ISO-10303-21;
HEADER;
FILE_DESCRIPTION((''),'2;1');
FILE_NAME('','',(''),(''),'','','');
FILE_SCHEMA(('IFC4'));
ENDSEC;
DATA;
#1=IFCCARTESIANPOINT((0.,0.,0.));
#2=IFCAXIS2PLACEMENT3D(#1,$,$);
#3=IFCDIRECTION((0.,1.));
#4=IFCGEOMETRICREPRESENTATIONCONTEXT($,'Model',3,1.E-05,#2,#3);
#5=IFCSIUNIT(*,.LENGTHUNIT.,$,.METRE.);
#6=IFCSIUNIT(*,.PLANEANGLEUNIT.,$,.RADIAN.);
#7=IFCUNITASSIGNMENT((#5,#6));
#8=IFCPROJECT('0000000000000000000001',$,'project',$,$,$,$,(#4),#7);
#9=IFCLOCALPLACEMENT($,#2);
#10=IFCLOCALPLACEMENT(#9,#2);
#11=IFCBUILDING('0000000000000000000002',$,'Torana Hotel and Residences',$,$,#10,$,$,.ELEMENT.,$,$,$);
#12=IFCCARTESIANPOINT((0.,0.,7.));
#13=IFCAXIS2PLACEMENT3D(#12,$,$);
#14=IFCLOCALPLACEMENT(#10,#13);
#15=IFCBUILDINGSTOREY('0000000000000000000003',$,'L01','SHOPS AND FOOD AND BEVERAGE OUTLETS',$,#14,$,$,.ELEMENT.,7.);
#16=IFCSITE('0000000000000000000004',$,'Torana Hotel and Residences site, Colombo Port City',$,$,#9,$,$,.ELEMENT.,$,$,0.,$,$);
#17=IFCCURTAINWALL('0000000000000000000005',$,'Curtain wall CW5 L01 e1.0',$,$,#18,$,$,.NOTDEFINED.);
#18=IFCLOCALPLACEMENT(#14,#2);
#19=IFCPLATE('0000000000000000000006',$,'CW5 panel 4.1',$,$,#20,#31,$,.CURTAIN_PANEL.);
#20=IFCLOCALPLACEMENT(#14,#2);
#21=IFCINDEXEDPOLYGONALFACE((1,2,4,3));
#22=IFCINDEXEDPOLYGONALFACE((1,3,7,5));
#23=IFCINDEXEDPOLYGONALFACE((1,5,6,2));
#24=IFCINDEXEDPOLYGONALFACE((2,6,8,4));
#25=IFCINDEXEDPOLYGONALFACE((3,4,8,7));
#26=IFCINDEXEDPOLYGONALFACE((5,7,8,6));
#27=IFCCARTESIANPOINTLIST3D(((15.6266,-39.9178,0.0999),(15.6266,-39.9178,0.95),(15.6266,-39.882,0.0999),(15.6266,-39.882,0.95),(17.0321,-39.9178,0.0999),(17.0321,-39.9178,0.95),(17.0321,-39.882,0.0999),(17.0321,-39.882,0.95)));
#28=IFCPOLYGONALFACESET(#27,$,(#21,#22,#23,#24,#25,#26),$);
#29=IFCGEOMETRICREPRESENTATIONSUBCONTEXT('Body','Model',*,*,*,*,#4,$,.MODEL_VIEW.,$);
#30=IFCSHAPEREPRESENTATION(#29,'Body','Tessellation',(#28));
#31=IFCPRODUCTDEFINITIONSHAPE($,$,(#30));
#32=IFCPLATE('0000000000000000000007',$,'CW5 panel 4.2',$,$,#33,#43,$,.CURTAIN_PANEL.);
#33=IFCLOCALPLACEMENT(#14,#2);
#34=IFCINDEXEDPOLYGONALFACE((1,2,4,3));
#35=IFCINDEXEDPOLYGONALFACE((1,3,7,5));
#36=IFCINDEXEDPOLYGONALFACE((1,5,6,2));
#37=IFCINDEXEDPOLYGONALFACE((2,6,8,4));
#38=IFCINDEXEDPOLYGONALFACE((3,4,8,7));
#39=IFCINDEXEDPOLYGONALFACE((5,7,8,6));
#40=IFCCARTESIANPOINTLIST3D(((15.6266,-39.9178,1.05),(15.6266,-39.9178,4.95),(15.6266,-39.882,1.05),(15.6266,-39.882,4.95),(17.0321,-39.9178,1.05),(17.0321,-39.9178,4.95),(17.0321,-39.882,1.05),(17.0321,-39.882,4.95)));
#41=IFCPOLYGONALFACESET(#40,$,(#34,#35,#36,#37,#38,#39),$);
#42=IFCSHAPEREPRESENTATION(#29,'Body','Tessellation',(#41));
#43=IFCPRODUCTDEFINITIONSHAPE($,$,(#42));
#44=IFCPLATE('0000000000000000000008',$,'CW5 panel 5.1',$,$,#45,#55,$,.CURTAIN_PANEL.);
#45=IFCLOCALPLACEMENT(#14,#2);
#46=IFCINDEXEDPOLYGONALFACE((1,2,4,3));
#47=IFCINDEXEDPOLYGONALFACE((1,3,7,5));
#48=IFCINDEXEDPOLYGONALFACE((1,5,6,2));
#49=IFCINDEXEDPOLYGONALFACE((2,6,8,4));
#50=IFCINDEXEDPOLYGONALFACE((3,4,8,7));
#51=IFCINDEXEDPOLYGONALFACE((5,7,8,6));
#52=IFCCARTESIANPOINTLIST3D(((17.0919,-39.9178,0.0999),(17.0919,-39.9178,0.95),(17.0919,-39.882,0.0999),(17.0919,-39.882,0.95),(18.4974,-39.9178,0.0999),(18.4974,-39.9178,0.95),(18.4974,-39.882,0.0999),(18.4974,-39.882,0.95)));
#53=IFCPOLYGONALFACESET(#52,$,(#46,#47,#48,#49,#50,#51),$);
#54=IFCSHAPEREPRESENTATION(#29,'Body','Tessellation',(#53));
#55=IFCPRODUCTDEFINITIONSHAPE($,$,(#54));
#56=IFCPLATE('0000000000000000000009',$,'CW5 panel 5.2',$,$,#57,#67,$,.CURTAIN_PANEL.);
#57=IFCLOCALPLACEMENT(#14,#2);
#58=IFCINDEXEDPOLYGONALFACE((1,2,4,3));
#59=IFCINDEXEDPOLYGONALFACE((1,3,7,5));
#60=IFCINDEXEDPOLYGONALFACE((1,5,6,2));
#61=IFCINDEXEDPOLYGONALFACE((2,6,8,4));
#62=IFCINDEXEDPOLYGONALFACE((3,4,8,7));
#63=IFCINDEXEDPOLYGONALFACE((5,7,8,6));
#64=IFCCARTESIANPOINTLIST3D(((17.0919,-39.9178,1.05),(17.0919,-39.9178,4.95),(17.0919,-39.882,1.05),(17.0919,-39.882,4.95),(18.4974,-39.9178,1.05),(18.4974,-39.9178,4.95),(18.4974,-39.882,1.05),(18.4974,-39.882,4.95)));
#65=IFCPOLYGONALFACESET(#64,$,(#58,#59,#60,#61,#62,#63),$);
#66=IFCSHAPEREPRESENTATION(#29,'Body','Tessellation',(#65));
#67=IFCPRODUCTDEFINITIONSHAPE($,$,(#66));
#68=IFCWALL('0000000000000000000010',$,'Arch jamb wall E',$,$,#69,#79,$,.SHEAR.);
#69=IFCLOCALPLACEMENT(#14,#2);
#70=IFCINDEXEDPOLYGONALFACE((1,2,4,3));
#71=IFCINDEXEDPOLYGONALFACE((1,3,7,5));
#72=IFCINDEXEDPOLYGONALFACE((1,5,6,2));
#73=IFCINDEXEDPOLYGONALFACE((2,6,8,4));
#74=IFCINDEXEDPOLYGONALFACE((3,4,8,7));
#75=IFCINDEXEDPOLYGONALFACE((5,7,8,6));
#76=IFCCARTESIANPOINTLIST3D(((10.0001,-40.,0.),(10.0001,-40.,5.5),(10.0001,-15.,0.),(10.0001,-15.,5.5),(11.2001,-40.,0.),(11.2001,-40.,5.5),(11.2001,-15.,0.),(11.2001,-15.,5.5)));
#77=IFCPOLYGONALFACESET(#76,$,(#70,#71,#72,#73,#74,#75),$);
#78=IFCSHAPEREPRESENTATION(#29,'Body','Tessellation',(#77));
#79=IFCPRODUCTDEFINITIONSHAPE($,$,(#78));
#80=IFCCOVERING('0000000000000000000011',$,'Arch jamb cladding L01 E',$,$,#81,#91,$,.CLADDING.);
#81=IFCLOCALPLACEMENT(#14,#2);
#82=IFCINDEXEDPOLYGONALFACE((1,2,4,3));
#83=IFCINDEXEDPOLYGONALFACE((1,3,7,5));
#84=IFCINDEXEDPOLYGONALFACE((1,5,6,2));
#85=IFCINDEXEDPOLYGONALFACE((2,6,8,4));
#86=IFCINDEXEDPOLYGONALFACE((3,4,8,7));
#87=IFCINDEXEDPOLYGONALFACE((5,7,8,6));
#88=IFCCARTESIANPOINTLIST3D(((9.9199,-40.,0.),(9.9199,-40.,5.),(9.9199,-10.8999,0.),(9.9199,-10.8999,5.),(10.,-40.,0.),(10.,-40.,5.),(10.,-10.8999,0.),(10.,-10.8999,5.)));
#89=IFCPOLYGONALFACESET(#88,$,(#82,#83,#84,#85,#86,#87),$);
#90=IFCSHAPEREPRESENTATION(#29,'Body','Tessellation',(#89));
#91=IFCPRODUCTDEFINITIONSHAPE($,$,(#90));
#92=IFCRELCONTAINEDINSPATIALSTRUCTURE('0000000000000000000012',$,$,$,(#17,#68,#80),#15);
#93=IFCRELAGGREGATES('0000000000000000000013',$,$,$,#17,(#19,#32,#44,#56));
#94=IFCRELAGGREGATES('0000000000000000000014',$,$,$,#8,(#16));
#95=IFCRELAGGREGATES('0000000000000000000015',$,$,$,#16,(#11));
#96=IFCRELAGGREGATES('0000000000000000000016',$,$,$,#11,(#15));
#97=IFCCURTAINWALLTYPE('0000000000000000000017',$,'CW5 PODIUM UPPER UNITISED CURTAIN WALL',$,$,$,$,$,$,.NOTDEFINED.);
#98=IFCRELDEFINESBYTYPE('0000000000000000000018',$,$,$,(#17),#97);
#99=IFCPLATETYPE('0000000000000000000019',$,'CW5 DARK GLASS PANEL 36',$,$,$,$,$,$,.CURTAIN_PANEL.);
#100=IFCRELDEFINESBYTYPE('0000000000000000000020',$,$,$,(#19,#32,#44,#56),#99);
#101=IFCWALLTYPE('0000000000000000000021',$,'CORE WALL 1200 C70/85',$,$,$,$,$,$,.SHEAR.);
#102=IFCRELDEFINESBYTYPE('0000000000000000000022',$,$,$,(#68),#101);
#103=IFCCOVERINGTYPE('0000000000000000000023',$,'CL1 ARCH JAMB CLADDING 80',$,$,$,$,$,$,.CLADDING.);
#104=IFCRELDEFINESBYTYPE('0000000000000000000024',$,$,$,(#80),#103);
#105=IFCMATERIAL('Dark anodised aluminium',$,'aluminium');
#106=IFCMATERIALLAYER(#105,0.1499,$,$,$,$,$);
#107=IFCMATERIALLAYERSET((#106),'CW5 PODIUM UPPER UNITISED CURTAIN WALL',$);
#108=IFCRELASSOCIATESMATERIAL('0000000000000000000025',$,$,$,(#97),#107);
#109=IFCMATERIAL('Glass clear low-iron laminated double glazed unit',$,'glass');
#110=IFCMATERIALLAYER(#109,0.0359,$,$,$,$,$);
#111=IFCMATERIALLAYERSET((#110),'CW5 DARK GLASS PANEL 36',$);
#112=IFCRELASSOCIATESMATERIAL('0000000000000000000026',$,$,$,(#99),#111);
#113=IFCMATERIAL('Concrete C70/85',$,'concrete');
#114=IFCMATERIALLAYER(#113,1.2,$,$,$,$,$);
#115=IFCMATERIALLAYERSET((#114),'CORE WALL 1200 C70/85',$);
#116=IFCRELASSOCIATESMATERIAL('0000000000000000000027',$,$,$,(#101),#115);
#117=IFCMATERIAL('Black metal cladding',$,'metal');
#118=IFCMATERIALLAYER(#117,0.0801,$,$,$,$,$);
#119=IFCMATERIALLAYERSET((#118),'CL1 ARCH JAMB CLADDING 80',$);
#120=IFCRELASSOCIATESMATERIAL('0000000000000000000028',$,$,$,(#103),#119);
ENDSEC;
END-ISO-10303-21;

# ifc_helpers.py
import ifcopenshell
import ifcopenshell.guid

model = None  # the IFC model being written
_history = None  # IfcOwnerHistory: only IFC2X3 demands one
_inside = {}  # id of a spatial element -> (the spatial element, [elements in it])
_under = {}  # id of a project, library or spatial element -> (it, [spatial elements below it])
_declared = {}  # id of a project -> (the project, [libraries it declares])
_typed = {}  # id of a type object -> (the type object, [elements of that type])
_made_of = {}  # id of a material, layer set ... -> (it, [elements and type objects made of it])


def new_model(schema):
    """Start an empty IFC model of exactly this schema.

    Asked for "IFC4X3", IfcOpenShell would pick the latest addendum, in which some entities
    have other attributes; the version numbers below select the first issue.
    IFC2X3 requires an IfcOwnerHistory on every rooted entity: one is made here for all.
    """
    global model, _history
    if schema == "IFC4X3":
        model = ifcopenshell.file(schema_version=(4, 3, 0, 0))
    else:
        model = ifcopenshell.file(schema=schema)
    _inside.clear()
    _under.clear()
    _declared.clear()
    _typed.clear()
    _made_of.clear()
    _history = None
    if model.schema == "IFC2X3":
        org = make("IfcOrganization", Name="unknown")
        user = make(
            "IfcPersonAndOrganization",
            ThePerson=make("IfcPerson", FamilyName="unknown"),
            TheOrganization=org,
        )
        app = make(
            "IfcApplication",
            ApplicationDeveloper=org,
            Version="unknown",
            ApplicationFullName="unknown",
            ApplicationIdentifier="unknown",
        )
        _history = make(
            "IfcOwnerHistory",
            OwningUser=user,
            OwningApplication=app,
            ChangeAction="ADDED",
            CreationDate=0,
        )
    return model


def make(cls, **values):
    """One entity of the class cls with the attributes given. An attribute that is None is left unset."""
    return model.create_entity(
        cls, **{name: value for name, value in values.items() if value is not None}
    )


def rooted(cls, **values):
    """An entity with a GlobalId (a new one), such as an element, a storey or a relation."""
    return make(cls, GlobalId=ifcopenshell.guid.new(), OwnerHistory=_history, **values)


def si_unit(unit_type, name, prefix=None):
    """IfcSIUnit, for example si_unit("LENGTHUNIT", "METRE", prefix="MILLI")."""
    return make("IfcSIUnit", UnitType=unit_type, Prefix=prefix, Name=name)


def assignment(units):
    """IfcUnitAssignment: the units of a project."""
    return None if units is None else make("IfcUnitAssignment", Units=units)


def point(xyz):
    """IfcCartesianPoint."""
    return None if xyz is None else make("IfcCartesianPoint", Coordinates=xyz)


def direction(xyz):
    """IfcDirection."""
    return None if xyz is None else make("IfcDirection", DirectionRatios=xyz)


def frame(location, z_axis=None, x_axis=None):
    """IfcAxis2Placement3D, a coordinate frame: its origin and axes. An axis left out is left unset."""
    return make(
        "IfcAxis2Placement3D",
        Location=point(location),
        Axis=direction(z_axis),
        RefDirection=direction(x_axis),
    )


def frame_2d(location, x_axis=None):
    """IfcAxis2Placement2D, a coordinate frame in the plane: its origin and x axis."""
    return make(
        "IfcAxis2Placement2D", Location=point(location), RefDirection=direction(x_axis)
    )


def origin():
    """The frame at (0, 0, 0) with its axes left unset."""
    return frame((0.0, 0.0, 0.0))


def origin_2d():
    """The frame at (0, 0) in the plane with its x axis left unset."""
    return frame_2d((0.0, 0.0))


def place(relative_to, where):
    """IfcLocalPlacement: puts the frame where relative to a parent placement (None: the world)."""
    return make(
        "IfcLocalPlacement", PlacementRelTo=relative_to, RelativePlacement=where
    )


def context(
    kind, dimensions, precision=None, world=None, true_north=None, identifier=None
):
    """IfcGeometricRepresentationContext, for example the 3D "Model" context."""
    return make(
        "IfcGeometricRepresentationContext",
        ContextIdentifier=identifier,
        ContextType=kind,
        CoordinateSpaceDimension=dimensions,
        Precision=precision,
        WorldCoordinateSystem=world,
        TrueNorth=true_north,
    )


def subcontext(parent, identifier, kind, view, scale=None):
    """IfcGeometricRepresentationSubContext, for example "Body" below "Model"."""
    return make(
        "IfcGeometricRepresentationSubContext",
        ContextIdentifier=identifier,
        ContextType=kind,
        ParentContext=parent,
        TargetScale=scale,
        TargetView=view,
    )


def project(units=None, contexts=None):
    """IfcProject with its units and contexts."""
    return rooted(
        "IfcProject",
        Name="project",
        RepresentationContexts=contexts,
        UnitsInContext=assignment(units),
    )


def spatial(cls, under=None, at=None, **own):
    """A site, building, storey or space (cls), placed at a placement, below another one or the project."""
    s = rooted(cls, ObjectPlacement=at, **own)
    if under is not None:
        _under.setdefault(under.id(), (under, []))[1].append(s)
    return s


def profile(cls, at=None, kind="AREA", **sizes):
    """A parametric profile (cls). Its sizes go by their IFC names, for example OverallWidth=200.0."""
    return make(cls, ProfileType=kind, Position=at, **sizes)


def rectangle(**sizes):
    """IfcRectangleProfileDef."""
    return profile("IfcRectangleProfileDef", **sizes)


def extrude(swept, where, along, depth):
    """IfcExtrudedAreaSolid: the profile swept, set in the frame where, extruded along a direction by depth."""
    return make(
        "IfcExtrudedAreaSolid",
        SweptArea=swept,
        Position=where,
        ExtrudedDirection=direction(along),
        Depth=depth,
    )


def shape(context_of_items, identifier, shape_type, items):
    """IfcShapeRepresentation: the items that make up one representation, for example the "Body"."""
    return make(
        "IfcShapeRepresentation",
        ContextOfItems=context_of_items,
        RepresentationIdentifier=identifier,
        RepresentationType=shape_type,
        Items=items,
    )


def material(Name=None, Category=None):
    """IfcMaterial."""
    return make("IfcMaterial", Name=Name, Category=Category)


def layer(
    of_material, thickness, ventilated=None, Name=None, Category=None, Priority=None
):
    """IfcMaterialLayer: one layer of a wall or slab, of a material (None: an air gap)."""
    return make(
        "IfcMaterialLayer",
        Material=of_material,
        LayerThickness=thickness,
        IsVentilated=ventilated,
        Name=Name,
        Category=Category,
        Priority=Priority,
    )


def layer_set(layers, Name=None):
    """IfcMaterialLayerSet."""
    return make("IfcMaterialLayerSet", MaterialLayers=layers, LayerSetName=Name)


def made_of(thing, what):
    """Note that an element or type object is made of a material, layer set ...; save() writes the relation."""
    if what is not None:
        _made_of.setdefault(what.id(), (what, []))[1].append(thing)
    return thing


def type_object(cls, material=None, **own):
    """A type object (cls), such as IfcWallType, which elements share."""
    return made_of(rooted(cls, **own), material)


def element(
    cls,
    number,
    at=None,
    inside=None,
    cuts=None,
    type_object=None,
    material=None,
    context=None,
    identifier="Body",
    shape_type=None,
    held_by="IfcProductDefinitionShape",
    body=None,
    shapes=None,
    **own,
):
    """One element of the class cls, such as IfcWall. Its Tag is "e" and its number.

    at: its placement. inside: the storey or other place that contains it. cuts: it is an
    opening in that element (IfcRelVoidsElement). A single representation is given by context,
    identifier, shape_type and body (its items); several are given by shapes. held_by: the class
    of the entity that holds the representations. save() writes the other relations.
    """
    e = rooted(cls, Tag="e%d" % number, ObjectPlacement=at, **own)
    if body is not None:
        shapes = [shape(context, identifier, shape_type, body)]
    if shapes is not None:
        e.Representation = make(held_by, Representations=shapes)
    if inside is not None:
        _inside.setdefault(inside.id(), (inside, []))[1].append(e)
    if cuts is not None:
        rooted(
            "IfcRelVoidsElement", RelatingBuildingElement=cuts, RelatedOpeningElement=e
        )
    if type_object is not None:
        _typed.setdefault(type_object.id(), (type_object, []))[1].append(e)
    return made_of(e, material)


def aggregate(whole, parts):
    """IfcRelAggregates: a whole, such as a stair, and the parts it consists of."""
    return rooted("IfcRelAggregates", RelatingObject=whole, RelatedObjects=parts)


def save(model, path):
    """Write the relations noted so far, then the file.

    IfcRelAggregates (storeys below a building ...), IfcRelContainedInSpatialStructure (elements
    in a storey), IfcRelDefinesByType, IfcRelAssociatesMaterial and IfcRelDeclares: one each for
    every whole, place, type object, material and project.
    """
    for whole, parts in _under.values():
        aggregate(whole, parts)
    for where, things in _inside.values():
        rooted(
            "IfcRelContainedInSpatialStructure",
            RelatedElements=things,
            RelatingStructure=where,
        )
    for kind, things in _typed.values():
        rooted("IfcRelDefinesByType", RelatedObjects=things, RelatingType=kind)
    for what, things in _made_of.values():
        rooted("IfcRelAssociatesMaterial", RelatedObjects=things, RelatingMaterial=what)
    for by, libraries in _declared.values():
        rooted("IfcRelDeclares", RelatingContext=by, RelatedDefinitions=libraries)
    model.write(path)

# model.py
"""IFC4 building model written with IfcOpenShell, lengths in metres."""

from ifc_helpers import new_model, si_unit, direction, frame, frame_2d, origin, origin_2d, place, context, subcontext, project, spatial, rectangle, extrude, material, layer, layer_set, type_object, element, aggregate, save


model = new_model("IFC4")

# Units and contexts
model_context = context("Model", 3, precision=1e-05, world=origin(), true_north=direction((0.0, 1.0)))
body_context = subcontext(model_context, "Body", "Model", "MODEL_VIEW")
ifc_project = project(units=[si_unit("LENGTHUNIT", "METRE"), si_unit("PLANEANGLEUNIT", "RADIAN")], contexts=[model_context])

# Site, building, storey
site_placement = place(None, origin())
site = spatial("IfcSite", under=ifc_project, at=site_placement, Name="Torana Hotel and Residences site, Colombo Port City", CompositionType="ELEMENT", RefElevation=0.0)
building_placement = place(site_placement, origin())
building = spatial("IfcBuilding", under=site, at=building_placement, Name="Torana Hotel and Residences", CompositionType="ELEMENT")
storey_placement = place(building_placement, frame((0.0, 0.0, 7.0)))
storey = spatial("IfcBuildingStorey", under=building, at=storey_placement, Name="L01", Description="SHOPS AND FOOD AND BEVERAGE OUTLETS", CompositionType="ELEMENT", Elevation=7.0)

# Curtain wall, plates
ifc_material_1 = material(Name="Dark anodised aluminium", Category="aluminium")
ifc_layer_1 = layer(ifc_material_1, 0.1499)
ifc_layer_set_1 = layer_set([ifc_layer_1], Name="CW5 PODIUM UPPER UNITISED CURTAIN WALL")
curtain_wall_type = type_object("IfcCurtainWallType", Name="CW5 PODIUM UPPER UNITISED CURTAIN WALL", PredefinedType="NOTDEFINED", material=ifc_layer_set_1)
curtain_wall_placement = place(storey_placement, origin())
curtain_wall = element("IfcCurtainWall", 1, at=curtain_wall_placement, inside=storey, type_object=curtain_wall_type, Name="Curtain wall CW5 L01 e1.0", PredefinedType="NOTDEFINED")
ifc_material_2 = material(Name="Glass clear low-iron laminated double glazed unit", Category="glass")
ifc_layer_2 = layer(ifc_material_2, 0.0359)
ifc_layer_set_2 = layer_set([ifc_layer_2], Name="CW5 DARK GLASS PANEL 36")
plate_type = type_object("IfcPlateType", Name="CW5 DARK GLASS PANEL 36", PredefinedType="CURTAIN_PANEL", material=ifc_layer_set_2)
plate_1_placement = place(storey_placement, frame((16.3293, -39.8999, 0.0999), z_axis=(0.0, 0.0, 1.0), x_axis=(1.0, 0.0, 0.0)))
plate_1 = element("IfcPlate", 2, at=plate_1_placement, type_object=plate_type, Name="CW5 panel 4.1", PredefinedType="CURTAIN_PANEL", context=body_context, shape_type="SweptSolid", body=[
    extrude(rectangle(XDim=1.4055, YDim=0.0359, at=origin_2d()), origin(), (0.0, 0.0, 1.0), 0.8501),
])
plate_2_placement = place(storey_placement, frame((16.3293, -39.8999, 1.05), z_axis=(0.0, 0.0, 1.0), x_axis=(1.0, 0.0, 0.0)))
plate_2 = element("IfcPlate", 3, at=plate_2_placement, type_object=plate_type, Name="CW5 panel 4.2", PredefinedType="CURTAIN_PANEL", context=body_context, shape_type="SweptSolid", body=[
    extrude(rectangle(XDim=1.4055, YDim=0.0359, at=origin_2d()), origin(), (0.0, 0.0, 1.0), 3.8999),
])
plate_3_placement = place(storey_placement, frame((17.7947, -39.8999, 0.0999), z_axis=(0.0, 0.0, 1.0), x_axis=(1.0, 0.0, 0.0)))
plate_3 = element("IfcPlate", 4, at=plate_3_placement, type_object=plate_type, Name="CW5 panel 5.1", PredefinedType="CURTAIN_PANEL", context=body_context, shape_type="SweptSolid", body=[
    extrude(rectangle(XDim=1.4055, YDim=0.0359, at=origin_2d()), origin(), (0.0, 0.0, 1.0), 0.8501),
])
plate_4_placement = place(storey_placement, frame((17.7947, -39.8999, 1.05), z_axis=(0.0, 0.0, 1.0), x_axis=(1.0, 0.0, 0.0)))
plate_4 = element("IfcPlate", 5, at=plate_4_placement, type_object=plate_type, Name="CW5 panel 5.2", PredefinedType="CURTAIN_PANEL", context=body_context, shape_type="SweptSolid", body=[
    extrude(rectangle(XDim=1.4055, YDim=0.0359, at=origin_2d()), origin(), (0.0, 0.0, 1.0), 3.8999),
])
aggregate(curtain_wall, [plate_1, plate_2, plate_3, plate_4])

# Wall
ifc_material_3 = material(Name="Concrete C70/85", Category="concrete")
ifc_layer_3 = layer(ifc_material_3, 1.2)
ifc_layer_set_3 = layer_set([ifc_layer_3], Name="CORE WALL 1200 C70/85")
wall_type = type_object("IfcWallType", Name="CORE WALL 1200 C70/85", PredefinedType="SHEAR", material=ifc_layer_set_3)
wall_placement = place(storey_placement, frame((10.6001, -40.0, 0.0), z_axis=(0.0, 0.0, 1.0), x_axis=(0.0, 1.0, 0.0)))
element("IfcWall", 6, at=wall_placement, inside=storey, type_object=wall_type, Name="Arch jamb wall E", PredefinedType="SHEAR", context=body_context, shape_type="SweptSolid", body=[
    extrude(rectangle(XDim=25.0, YDim=1.2, at=frame_2d((12.5, 0.0))), origin(), (0.0, 0.0, 1.0), 5.5),
])

# Covering
ifc_material_4 = material(Name="Black metal cladding", Category="metal")
ifc_layer_4 = layer(ifc_material_4, 0.0801)
ifc_layer_set_4 = layer_set([ifc_layer_4], Name="CL1 ARCH JAMB CLADDING 80")
covering_type = type_object("IfcCoveringType", Name="CL1 ARCH JAMB CLADDING 80", PredefinedType="CLADDING", material=ifc_layer_set_4)
covering_placement = place(storey_placement, frame((9.96, -40.0, 0.0), z_axis=(0.0, 0.0, 1.0), x_axis=(0.0, 1.0, 0.0)))
element("IfcCovering", 7, at=covering_placement, inside=storey, type_object=covering_type, Name="Arch jamb cladding L01 E", PredefinedType="CLADDING", context=body_context, shape_type="SweptSolid", body=[
    extrude(rectangle(XDim=29.1001, YDim=0.0801, at=frame_2d((14.55, 0.0))), origin(), (0.0, 0.0, 1.0), 5.0),
])

save(model, "model.ifc")
